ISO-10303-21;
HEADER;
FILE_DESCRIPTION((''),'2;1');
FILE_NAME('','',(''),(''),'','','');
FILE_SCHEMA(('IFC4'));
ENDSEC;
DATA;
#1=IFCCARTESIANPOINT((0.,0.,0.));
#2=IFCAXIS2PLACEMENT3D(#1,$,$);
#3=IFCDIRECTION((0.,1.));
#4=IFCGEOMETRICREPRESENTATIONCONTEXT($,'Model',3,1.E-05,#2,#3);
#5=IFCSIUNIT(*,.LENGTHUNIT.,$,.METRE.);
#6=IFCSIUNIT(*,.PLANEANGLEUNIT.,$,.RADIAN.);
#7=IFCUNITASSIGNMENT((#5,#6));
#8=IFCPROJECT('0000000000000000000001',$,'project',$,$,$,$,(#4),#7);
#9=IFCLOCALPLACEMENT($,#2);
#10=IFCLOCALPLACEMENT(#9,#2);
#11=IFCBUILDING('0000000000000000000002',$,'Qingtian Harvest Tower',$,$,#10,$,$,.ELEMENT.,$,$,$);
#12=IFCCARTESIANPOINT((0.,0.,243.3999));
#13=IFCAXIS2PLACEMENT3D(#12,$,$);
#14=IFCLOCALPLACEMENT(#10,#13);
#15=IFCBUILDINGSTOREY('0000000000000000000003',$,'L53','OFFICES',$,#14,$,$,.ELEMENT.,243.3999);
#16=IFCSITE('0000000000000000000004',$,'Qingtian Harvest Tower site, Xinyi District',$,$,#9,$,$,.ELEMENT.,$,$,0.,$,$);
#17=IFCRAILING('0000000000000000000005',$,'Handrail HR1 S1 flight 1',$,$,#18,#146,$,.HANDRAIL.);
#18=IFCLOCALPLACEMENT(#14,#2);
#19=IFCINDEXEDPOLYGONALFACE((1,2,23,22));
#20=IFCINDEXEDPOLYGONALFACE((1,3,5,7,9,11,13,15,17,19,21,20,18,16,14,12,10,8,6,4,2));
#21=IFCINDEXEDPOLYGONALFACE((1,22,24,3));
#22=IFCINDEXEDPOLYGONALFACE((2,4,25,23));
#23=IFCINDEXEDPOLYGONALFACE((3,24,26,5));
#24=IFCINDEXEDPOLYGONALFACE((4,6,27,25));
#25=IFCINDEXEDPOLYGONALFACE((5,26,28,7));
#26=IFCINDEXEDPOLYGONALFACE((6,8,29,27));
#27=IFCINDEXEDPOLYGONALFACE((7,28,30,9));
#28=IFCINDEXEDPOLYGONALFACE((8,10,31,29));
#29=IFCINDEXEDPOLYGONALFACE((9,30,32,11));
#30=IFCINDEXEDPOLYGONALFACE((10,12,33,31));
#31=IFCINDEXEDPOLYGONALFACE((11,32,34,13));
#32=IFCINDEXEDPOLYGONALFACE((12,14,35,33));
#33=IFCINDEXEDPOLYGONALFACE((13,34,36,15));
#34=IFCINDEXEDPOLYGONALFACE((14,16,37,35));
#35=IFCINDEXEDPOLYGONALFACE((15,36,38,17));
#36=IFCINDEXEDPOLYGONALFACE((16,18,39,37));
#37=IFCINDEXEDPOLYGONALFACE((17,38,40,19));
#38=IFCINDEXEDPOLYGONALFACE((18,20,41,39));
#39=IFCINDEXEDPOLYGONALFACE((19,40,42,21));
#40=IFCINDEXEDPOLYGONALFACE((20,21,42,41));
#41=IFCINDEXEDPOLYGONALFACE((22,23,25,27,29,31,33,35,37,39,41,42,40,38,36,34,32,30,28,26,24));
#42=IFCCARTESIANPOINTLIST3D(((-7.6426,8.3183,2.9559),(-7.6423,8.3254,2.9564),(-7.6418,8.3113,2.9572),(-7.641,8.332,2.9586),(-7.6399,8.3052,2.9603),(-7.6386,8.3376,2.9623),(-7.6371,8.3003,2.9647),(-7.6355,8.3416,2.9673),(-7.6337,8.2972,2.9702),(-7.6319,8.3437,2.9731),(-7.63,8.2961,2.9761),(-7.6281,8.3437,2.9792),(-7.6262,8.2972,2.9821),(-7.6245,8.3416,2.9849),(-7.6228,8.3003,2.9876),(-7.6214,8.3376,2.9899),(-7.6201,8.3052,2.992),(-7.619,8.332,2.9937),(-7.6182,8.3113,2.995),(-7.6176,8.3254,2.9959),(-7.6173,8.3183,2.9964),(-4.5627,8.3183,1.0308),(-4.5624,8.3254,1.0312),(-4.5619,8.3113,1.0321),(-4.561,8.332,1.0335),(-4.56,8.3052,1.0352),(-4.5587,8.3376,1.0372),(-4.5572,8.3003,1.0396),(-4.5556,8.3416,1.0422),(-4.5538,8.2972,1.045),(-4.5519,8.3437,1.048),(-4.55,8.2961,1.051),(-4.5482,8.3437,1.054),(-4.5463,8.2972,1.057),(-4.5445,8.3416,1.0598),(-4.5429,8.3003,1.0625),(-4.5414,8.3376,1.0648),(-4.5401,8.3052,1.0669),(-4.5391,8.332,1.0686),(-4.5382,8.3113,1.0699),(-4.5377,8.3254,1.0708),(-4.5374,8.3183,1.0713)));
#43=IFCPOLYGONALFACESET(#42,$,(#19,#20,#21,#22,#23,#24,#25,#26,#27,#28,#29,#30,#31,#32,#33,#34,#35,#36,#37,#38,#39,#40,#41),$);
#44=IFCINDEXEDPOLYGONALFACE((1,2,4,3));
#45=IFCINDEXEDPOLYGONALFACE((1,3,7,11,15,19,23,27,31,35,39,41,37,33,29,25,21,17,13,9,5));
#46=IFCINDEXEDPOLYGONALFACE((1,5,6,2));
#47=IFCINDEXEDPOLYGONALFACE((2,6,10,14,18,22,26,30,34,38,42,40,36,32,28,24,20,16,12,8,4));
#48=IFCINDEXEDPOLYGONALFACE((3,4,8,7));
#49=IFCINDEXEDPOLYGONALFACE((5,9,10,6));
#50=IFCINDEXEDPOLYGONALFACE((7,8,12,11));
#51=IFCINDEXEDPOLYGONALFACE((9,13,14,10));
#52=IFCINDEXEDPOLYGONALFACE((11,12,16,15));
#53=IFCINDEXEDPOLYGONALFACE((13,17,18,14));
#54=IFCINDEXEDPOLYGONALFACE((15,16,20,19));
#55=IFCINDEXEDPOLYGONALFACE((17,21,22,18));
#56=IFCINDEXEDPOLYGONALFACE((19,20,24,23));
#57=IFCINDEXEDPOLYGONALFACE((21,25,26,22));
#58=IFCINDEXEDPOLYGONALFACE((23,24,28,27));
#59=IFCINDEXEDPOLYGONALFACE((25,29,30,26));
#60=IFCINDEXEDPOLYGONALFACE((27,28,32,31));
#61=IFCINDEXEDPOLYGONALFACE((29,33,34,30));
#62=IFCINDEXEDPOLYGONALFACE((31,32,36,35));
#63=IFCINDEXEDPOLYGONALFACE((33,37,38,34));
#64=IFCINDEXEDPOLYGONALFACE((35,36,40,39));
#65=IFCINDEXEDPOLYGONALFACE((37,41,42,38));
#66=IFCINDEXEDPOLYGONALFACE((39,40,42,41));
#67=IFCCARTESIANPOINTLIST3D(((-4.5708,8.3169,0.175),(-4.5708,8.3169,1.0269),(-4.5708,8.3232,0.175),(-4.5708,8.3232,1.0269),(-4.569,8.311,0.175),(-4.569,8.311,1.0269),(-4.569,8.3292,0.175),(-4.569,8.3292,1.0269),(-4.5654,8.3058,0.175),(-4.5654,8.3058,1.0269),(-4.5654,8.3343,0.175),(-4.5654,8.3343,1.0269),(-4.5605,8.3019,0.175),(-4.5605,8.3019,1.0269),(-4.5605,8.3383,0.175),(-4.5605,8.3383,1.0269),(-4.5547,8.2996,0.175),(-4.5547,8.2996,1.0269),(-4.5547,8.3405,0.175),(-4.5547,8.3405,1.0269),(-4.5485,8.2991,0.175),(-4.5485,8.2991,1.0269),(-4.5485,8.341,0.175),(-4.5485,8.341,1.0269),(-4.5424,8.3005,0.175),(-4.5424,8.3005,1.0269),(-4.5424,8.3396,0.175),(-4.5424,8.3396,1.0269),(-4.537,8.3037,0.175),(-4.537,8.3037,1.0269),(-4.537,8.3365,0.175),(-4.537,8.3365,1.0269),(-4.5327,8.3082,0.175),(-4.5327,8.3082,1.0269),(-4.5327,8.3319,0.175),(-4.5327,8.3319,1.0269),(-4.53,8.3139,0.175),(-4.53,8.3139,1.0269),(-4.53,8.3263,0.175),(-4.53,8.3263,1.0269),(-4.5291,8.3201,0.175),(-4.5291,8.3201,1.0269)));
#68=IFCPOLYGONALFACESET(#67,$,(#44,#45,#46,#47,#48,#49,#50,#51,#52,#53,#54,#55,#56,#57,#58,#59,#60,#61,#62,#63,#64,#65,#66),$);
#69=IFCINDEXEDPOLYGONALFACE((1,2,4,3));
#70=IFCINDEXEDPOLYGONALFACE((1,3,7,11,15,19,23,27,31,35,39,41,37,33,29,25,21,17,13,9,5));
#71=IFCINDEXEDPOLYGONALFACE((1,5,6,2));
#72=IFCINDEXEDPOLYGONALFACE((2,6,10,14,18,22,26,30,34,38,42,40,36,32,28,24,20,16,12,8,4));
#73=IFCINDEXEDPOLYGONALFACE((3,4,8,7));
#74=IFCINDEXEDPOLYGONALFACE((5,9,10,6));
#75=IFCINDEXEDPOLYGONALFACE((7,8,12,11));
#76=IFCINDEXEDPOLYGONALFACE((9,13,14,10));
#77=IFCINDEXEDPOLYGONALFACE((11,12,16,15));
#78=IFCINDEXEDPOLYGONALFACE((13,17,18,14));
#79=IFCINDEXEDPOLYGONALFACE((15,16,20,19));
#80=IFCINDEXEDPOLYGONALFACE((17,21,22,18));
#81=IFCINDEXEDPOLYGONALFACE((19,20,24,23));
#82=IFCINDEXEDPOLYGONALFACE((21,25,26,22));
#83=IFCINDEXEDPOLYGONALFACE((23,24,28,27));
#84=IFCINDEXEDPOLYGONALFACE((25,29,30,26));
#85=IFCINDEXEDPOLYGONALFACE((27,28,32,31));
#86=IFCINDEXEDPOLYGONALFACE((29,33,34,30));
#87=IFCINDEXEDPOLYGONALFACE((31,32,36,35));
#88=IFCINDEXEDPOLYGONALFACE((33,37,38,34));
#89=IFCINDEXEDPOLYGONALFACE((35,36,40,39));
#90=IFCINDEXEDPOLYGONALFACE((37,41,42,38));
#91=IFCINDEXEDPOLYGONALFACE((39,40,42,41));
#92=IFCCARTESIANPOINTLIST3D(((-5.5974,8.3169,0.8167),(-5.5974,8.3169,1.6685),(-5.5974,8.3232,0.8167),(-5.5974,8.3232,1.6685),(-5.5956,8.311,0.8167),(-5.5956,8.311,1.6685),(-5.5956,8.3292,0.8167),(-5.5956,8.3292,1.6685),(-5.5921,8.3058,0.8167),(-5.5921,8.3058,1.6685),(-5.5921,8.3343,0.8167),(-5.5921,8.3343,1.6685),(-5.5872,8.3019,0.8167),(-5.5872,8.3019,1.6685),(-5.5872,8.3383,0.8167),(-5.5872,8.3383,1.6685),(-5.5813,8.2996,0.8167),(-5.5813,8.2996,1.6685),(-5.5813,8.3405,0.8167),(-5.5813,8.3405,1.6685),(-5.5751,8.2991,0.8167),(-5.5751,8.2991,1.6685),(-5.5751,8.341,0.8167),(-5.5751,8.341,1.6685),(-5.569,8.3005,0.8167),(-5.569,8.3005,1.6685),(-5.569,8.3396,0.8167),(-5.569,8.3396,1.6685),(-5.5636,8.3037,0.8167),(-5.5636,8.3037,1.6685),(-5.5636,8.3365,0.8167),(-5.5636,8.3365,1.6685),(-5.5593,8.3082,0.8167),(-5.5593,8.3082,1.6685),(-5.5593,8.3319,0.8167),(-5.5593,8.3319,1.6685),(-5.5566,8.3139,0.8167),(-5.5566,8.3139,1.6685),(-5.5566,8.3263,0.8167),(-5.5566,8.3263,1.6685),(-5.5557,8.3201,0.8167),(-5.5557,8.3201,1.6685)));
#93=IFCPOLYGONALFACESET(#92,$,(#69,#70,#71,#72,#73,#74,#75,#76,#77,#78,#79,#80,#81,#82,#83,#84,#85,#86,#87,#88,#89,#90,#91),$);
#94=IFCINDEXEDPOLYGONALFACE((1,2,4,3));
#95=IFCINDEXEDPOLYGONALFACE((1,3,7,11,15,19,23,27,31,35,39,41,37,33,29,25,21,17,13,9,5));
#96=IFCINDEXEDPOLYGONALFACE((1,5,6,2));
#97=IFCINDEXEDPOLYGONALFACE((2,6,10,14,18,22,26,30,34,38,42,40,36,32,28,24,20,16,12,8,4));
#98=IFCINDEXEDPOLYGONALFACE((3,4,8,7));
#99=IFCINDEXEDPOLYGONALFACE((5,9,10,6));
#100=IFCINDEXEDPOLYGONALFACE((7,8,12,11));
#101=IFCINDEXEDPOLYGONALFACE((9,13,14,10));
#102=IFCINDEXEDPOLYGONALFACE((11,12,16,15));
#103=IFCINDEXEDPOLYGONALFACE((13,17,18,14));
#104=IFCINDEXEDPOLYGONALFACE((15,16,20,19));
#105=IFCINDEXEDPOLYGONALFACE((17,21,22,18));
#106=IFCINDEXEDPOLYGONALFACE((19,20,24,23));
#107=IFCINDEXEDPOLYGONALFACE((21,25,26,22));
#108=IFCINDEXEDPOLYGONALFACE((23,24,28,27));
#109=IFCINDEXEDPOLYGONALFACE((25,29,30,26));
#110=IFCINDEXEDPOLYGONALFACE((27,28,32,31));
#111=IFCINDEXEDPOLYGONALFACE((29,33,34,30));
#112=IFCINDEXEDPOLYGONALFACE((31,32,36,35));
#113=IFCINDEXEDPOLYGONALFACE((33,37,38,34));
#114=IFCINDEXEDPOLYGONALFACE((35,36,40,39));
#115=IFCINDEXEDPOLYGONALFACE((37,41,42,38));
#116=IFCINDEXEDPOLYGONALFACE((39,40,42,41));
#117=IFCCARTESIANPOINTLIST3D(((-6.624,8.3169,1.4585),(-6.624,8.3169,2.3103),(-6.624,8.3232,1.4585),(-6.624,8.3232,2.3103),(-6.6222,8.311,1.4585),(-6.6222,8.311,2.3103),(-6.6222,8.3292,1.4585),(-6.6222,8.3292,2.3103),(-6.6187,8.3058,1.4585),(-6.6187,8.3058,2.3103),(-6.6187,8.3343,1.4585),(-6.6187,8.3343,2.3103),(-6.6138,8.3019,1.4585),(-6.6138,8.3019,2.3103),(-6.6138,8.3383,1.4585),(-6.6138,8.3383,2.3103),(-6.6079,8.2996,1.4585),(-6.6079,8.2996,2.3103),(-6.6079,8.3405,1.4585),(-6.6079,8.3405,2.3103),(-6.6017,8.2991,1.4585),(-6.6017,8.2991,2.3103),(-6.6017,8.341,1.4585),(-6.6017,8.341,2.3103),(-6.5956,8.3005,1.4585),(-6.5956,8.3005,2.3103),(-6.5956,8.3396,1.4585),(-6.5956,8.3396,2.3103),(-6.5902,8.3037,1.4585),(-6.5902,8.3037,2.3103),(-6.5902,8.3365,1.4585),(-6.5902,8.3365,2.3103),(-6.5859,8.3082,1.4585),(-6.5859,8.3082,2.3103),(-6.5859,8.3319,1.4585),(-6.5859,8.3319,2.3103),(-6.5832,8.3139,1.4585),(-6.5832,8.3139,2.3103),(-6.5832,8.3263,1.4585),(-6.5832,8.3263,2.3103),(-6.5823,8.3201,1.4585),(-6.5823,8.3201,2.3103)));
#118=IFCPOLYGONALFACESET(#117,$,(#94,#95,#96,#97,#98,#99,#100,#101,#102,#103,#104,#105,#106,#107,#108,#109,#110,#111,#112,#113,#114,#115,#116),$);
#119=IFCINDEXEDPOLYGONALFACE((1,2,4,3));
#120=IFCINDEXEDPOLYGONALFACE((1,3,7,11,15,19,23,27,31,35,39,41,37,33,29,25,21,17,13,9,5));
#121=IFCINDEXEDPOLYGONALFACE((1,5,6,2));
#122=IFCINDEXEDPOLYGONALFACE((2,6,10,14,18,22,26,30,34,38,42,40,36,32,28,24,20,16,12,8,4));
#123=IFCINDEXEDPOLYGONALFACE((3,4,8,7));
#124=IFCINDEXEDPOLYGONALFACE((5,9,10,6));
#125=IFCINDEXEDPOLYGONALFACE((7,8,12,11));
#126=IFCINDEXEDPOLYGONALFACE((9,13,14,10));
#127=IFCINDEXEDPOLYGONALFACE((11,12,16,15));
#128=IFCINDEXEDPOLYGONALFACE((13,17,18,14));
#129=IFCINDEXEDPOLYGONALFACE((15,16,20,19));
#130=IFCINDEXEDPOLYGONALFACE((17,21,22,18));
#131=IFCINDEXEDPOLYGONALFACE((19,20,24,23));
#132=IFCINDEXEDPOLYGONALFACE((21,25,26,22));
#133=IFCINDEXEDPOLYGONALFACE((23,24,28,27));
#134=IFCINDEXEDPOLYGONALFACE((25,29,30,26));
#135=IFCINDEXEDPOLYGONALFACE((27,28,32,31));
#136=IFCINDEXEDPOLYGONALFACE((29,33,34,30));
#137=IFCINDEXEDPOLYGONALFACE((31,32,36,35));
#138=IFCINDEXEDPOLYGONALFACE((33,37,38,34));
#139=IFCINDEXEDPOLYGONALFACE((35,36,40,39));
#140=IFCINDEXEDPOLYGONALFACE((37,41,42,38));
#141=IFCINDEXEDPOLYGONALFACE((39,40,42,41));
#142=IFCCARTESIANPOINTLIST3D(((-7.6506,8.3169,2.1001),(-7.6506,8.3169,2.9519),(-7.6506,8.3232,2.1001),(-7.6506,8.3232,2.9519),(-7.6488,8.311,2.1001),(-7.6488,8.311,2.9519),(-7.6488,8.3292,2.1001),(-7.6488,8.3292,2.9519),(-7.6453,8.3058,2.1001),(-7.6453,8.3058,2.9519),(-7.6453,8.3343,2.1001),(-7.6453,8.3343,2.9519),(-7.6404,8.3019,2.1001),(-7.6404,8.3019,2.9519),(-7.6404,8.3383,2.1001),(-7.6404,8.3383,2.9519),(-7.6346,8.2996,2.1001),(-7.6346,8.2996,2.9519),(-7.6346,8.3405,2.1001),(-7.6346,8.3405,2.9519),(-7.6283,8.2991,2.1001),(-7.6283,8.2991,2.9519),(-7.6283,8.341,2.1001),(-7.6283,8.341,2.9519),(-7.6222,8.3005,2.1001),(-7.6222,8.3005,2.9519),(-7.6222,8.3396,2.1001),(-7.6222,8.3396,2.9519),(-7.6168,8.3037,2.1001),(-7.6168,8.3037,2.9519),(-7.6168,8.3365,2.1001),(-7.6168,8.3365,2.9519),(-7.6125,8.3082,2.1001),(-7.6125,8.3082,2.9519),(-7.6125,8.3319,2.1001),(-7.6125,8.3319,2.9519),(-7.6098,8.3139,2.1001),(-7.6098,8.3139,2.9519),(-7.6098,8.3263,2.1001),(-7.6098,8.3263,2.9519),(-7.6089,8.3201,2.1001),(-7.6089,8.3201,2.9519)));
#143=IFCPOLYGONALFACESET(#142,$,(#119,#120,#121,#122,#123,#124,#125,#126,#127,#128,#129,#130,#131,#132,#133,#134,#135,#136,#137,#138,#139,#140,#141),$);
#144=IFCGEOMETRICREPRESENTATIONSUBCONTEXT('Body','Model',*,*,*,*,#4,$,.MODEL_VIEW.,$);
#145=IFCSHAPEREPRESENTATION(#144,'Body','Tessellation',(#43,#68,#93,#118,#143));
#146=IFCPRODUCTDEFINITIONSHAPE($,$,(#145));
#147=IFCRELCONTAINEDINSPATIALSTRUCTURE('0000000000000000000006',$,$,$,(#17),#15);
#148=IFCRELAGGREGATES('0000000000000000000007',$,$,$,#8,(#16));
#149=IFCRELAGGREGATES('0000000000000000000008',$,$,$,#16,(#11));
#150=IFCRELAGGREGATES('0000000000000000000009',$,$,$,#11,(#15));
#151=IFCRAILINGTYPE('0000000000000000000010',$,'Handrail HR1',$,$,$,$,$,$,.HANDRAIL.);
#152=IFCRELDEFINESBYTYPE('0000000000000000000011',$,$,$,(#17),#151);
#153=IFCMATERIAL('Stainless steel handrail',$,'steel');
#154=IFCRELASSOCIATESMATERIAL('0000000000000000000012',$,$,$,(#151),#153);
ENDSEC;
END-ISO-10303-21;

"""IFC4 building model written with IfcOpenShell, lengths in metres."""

from ifc_helpers import new_model, si_unit, direction, frame, origin, origin_2d, place, context, subcontext, project, spatial, circle, extrude, material, type_object, element, save


model = new_model("IFC4")

# Units and contexts
model_context = context("Model", 3, precision=1e-05, world=origin(), true_north=direction((0.0, 1.0)))
body_context = subcontext(model_context, "Body", "Model", "MODEL_VIEW")
ifc_project = project(units=[si_unit("LENGTHUNIT", "METRE"), si_unit("PLANEANGLEUNIT", "RADIAN")], contexts=[model_context])

# Site, building, storey
site_placement = place(None, origin())
site = spatial("IfcSite", under=ifc_project, at=site_placement, Name="Qingtian Harvest Tower site, Xinyi District", CompositionType="ELEMENT", RefElevation=0.0)
building_placement = place(site_placement, origin())
building = spatial("IfcBuilding", under=site, at=building_placement, Name="Qingtian Harvest Tower", CompositionType="ELEMENT")
storey_placement = place(building_placement, frame((0.0, 0.0, 243.3999)))
storey = spatial("IfcBuildingStorey", under=building, at=storey_placement, Name="L53", Description="OFFICES", CompositionType="ELEMENT", Elevation=243.3999)

# Railing
ifc_material_1 = material(Name="Stainless steel handrail", Category="steel")
railing_type = type_object("IfcRailingType", Name="Handrail HR1", PredefinedType="HANDRAIL", material=ifc_material_1)
railing_1_placement = place(storey_placement, frame((-4.55, 8.3201, 0.175)))
element("IfcRailing", 1, at=railing_1_placement, inside=storey, type_object=railing_type, Name="Handrail HR1 S1 flight 1", PredefinedType="HANDRAIL", context=body_context, shape_type="SweptSolid", body=[
    extrude(circle(Radius=0.0239, at=origin_2d()), frame((0.0, 0.0, 0.876), z_axis=(-0.847979, 0.0, 0.530029), x_axis=(0.0, -1.0, 0.0)), (0.0, 0.0, 1.0), 3.6321),
    extrude(circle(Radius=0.021, at=origin_2d()), origin(), (0.0, 0.0, 1.0), 0.8518),
    extrude(circle(Radius=0.021, at=origin_2d()), frame((-1.0266, 0.0, 0.6416)), (0.0, 0.0, 1.0), 0.8518),
    extrude(circle(Radius=0.021, at=origin_2d()), frame((-2.0532, 0.0, 1.2834)), (0.0, 0.0, 1.0), 0.8518),
    extrude(circle(Radius=0.021, at=origin_2d()), frame((-3.0798, 0.0, 1.925)), (0.0, 0.0, 1.0), 0.8518),
])

save(model, "model.ifc")
